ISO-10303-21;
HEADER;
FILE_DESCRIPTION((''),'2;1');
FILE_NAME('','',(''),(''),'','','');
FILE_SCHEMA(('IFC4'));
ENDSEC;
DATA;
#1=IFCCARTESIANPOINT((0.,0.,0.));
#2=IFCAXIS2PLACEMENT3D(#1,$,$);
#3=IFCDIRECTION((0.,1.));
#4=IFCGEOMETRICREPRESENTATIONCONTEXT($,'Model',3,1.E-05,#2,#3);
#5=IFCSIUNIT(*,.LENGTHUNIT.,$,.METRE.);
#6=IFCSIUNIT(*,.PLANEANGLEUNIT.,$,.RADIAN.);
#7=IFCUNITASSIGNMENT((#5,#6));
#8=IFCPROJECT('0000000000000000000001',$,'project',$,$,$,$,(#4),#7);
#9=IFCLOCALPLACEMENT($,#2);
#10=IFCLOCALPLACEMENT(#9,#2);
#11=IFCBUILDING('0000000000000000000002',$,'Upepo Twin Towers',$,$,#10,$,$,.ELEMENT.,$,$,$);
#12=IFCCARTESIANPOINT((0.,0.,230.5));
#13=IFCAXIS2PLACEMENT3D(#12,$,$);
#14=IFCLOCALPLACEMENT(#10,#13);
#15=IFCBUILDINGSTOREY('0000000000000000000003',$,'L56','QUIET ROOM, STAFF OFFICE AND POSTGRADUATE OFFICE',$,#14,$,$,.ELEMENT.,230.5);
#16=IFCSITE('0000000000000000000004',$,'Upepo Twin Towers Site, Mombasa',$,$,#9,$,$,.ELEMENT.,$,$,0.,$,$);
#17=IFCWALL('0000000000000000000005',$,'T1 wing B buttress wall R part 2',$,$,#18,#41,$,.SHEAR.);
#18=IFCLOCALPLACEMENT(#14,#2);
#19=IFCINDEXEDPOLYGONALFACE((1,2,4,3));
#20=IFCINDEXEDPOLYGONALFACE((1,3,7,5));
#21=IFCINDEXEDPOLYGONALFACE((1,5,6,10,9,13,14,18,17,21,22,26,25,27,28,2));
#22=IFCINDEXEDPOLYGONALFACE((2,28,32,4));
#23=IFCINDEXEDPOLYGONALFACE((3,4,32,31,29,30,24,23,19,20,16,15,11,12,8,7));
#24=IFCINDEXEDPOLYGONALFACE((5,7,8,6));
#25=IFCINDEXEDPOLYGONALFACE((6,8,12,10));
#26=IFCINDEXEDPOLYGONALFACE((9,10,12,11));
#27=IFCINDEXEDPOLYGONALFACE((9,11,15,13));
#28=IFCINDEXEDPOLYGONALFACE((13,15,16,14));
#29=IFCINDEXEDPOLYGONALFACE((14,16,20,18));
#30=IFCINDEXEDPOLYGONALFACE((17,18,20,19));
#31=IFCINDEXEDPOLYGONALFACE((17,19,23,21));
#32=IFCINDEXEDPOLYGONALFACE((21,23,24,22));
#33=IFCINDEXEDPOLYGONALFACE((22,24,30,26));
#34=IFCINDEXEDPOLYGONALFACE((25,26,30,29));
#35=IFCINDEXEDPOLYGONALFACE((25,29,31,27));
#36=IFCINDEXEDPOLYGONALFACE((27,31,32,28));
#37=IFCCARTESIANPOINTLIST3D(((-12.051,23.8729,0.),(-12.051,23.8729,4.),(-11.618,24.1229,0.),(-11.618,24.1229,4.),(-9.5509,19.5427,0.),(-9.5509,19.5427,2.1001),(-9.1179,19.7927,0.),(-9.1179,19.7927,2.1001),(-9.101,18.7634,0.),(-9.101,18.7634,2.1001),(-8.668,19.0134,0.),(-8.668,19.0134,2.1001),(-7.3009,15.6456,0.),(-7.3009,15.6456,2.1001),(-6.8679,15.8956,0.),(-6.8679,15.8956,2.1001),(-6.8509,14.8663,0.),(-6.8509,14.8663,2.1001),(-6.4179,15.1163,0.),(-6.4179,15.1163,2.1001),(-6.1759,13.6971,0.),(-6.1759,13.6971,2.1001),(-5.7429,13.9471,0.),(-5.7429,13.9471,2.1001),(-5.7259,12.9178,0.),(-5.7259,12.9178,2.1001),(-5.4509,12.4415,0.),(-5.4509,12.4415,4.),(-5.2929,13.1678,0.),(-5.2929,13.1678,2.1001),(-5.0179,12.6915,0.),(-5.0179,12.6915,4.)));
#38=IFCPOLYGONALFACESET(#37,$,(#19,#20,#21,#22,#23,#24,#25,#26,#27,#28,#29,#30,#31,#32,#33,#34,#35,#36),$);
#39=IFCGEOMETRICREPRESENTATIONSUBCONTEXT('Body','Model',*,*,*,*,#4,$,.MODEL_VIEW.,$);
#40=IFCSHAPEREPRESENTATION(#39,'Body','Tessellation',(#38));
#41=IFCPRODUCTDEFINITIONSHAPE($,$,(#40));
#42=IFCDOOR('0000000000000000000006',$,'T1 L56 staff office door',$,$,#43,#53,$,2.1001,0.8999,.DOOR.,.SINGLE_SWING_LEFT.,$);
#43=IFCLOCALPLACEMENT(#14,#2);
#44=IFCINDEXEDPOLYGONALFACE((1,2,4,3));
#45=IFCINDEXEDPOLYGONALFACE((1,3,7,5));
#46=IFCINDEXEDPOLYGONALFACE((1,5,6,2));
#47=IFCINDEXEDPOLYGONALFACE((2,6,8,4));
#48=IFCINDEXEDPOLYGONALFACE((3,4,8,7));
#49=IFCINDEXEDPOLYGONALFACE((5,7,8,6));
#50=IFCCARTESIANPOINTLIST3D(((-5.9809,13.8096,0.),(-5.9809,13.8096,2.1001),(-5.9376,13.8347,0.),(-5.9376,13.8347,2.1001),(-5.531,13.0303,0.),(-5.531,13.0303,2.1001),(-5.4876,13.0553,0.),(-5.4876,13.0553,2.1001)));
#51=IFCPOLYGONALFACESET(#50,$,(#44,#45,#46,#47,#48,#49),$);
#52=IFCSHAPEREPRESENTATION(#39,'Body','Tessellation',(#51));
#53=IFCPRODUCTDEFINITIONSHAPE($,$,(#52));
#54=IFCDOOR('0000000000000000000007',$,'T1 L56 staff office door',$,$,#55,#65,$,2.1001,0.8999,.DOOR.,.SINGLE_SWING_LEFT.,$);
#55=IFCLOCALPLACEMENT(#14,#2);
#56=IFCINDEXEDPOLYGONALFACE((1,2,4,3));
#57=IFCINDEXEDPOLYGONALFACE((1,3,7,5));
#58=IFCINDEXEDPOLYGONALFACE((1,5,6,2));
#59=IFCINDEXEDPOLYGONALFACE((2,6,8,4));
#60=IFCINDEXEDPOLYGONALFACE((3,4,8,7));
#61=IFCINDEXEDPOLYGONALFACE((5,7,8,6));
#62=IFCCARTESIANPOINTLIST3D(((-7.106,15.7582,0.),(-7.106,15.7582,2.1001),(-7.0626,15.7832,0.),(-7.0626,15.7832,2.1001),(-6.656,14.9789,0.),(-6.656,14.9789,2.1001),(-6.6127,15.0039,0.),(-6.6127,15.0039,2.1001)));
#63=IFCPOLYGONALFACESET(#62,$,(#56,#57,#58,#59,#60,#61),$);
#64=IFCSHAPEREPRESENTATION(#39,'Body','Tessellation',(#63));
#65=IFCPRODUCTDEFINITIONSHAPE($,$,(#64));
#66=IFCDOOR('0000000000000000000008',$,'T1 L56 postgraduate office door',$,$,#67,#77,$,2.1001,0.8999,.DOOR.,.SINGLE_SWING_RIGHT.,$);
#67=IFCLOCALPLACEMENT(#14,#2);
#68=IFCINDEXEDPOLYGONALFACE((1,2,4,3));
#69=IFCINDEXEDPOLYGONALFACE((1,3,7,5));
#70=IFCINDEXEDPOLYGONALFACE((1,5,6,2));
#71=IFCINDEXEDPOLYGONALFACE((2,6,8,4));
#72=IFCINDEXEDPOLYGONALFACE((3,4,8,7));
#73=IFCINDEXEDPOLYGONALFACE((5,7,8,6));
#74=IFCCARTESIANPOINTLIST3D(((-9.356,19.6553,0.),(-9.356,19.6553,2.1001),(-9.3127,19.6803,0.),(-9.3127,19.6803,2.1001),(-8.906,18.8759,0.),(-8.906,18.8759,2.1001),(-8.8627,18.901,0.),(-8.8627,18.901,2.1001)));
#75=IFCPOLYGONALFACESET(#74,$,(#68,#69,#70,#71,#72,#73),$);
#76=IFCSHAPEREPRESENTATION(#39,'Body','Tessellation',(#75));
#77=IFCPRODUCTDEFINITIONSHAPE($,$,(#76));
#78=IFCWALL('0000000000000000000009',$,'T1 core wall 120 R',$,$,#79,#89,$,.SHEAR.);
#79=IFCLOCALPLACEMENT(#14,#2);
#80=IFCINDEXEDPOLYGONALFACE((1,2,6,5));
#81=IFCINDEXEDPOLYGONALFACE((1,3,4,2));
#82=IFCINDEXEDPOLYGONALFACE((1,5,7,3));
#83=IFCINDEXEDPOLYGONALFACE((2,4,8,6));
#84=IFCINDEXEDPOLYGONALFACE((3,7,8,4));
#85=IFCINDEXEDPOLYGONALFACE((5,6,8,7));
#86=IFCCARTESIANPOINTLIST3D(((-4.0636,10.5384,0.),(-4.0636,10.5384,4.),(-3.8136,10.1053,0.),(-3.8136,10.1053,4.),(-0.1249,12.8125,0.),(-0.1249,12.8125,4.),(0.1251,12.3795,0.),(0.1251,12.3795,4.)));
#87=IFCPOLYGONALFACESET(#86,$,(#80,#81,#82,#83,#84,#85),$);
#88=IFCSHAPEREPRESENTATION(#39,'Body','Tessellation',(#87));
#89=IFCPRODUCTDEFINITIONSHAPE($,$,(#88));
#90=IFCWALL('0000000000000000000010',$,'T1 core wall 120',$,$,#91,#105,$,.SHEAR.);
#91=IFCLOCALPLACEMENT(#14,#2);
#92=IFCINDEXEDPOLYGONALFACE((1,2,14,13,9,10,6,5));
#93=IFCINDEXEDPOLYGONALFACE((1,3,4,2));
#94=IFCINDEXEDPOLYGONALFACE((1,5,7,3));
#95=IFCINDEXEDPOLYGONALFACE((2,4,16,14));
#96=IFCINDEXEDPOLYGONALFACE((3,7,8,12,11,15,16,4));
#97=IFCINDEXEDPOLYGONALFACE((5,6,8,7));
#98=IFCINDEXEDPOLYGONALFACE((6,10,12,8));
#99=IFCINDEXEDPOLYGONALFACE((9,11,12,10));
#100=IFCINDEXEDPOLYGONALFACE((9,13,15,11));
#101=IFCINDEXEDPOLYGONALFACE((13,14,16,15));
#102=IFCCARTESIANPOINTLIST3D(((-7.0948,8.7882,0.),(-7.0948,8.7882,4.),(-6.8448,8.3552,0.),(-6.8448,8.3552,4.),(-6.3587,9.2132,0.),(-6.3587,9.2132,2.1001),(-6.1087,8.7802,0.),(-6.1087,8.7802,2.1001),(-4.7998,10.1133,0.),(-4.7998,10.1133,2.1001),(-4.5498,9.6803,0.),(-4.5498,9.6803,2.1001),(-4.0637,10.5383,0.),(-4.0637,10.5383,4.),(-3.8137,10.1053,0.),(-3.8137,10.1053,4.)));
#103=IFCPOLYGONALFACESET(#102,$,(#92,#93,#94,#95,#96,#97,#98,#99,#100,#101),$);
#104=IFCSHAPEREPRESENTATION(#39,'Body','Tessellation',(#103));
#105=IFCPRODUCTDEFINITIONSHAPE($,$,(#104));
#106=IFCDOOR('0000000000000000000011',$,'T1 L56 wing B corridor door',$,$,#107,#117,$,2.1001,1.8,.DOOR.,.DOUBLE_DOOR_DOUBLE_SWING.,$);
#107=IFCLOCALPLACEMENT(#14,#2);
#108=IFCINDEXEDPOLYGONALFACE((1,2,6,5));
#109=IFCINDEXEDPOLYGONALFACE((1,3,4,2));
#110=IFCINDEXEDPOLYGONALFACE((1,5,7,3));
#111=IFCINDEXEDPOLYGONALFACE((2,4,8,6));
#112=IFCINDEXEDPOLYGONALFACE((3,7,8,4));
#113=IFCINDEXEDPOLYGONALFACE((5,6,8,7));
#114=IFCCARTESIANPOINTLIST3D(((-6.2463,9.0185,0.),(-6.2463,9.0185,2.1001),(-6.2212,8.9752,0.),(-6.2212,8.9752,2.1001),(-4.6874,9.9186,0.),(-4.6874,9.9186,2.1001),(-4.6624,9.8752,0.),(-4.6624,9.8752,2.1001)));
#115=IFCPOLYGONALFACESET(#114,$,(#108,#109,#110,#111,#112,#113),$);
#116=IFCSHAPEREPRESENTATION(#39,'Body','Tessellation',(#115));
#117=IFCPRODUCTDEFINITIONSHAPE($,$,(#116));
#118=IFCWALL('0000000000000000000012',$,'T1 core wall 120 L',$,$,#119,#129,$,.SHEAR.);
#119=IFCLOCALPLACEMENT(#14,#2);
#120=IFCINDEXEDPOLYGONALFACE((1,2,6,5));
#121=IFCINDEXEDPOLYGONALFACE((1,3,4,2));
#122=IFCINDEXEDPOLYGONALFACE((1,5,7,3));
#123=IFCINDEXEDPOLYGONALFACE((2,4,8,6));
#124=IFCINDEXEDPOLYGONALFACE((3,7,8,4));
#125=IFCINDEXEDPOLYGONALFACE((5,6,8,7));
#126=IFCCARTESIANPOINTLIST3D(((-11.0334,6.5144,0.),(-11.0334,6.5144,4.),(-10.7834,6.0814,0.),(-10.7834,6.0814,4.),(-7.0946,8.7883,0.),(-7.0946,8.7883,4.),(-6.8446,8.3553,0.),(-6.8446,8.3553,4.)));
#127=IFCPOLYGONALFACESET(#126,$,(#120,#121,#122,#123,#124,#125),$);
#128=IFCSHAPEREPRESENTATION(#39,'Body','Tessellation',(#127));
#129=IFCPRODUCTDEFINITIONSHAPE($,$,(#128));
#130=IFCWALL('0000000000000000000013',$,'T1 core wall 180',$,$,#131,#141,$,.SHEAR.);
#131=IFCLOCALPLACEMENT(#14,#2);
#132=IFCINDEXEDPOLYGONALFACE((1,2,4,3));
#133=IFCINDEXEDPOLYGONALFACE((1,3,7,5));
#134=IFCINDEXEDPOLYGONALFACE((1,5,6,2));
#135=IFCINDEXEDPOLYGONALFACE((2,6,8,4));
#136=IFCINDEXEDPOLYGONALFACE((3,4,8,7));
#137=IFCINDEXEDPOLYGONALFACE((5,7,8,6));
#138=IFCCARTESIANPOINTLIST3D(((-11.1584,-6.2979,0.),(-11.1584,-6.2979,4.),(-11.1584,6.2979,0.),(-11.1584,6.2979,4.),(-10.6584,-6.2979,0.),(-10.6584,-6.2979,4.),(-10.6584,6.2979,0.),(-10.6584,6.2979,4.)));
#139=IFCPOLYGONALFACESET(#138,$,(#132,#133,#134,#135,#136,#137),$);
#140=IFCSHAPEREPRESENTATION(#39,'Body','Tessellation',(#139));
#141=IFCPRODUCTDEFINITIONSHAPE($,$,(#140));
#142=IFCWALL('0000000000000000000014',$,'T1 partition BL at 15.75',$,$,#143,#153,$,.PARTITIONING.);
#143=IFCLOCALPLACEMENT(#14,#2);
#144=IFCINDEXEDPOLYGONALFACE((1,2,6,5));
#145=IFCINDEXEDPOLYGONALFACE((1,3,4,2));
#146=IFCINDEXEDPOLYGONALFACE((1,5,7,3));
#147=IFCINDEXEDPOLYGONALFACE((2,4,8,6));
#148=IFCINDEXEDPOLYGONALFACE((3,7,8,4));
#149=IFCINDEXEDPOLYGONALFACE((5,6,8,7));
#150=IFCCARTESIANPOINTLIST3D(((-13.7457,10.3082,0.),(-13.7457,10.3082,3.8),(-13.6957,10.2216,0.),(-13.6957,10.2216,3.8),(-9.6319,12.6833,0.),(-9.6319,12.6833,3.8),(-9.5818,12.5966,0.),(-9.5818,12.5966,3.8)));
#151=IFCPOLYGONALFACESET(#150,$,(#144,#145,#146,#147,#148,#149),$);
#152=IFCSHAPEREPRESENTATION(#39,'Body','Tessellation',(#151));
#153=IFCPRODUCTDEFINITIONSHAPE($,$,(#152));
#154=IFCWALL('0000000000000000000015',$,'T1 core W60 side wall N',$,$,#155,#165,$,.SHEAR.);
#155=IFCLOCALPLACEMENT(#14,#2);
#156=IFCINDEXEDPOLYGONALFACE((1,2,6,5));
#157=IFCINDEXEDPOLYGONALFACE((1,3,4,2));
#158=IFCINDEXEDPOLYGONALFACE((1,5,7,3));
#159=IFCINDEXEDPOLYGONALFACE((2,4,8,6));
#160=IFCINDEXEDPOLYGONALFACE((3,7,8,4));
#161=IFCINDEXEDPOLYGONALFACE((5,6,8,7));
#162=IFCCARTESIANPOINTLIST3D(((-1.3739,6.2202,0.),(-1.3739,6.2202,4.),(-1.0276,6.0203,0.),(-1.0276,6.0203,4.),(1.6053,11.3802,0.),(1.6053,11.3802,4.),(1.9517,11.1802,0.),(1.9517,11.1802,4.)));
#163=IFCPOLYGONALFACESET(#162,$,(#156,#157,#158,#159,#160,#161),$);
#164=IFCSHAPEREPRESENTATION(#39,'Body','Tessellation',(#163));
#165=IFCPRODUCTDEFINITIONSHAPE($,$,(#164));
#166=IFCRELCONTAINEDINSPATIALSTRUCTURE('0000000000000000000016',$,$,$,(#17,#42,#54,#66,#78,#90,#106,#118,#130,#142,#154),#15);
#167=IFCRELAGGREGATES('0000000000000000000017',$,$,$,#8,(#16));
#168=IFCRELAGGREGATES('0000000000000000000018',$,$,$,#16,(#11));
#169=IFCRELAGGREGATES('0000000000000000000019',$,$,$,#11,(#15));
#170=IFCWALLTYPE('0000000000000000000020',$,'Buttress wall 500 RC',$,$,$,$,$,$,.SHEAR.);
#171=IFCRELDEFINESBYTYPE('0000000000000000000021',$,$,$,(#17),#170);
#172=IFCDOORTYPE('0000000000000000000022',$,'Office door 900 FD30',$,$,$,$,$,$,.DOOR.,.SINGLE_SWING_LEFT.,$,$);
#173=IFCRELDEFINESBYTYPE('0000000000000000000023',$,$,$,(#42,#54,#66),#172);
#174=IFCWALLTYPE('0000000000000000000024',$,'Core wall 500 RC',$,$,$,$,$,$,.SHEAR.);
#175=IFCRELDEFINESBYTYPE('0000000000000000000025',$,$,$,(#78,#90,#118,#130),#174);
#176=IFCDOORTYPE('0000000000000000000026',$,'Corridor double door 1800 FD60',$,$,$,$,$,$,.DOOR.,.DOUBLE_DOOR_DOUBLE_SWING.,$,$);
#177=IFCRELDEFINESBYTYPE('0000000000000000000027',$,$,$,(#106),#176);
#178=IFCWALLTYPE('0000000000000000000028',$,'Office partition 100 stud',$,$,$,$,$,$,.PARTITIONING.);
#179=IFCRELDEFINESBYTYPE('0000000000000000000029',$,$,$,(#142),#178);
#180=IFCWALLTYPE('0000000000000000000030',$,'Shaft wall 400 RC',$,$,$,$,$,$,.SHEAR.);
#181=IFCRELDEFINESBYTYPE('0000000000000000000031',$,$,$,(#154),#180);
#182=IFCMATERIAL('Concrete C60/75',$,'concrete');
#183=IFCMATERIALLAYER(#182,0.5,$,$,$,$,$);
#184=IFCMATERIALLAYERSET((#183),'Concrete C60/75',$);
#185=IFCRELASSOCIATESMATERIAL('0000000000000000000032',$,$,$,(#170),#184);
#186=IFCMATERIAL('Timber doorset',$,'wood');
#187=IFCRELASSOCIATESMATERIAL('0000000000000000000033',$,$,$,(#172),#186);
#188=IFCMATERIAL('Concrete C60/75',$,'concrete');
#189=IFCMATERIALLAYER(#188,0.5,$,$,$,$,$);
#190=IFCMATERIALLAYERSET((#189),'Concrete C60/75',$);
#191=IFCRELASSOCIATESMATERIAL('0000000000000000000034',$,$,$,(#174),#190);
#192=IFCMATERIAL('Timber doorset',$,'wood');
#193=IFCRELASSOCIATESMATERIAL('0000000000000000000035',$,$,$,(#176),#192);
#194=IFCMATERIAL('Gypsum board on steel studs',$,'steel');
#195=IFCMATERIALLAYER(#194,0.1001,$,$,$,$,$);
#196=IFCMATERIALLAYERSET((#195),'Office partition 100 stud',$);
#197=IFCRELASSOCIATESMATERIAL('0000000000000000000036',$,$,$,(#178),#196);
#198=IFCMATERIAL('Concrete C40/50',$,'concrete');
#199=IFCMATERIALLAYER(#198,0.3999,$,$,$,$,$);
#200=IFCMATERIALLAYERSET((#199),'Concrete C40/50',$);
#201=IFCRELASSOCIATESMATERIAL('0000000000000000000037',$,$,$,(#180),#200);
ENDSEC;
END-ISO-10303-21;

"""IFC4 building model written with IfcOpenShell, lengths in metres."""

from ifc_helpers import new_model, si_unit, direction, frame, frame_2d, origin, place, context, subcontext, project, spatial, rectangle, extrude, material, layer, layer_set, type_object, element, fill, save


model = new_model("IFC4")

# Units and contexts
model_context = context("Model", 3, precision=1e-05, world=origin(), true_north=direction((0.0, 1.0)))
body_context = subcontext(model_context, "Body", "Model", "MODEL_VIEW")
ifc_project = project(units=[si_unit("LENGTHUNIT", "METRE"), si_unit("PLANEANGLEUNIT", "RADIAN")], contexts=[model_context])

# Site, building, storey
site_placement = place(None, origin())
site = spatial("IfcSite", under=ifc_project, at=site_placement, Name="Upepo Twin Towers Site, Mombasa", CompositionType="ELEMENT", RefElevation=0.0)
building_placement = place(site_placement, origin())
building = spatial("IfcBuilding", under=site, at=building_placement, Name="Upepo Twin Towers", CompositionType="ELEMENT")
storey_placement = place(building_placement, frame((0.0, 0.0, 230.5)))
storey = spatial("IfcBuildingStorey", under=building, at=storey_placement, Name="L56", Description="QUIET ROOM, STAFF OFFICE AND POSTGRADUATE OFFICE", CompositionType="ELEMENT", Elevation=230.5)

# Wall, openings, doors
ifc_material_1 = material(Name="Concrete C60/75", Category="concrete")
ifc_layer_1 = layer(ifc_material_1, 0.5)
ifc_layer_set_1 = layer_set([ifc_layer_1], Name="Concrete C60/75")
wall_type_1 = type_object("IfcWallType", Name="Buttress wall 500 RC", PredefinedType="SHEAR", material=ifc_layer_set_1)
ifc_material_2 = material(Name="Timber doorset", Category="wood")
door_type_1 = type_object("IfcDoorType", Name="Office door 900 FD30", OperationType="SINGLE_SWING_LEFT", PredefinedType="DOOR", material=ifc_material_2)
wall_1_placement = place(storey_placement, frame((-5.2344, 12.5664, 0.0), z_axis=(0.0, 0.0, 1.0), x_axis=(-0.50001, 0.86602, 0.0)))
wall_1 = element("IfcWall", 1, at=wall_1_placement, inside=storey, type_object=wall_type_1, Name="T1 wing B buttress wall R part 2", PredefinedType="SHEAR", context=body_context, shape_type="SweptSolid", body=[
    extrude(rectangle(XDim=13.2, YDim=0.5, at=frame_2d((6.6001, 0.0))), origin(), (0.0, 0.0, 1.0), 4.0),
])
opening_1_placement = place(wall_1_placement, frame((0.55, 0.0, 0.0)))
opening_1 = element("IfcOpeningElement", 2, at=opening_1_placement, cuts=wall_1, PredefinedType="OPENING", context=body_context, shape_type="SweptSolid", body=[
    extrude(rectangle(XDim=0.8999, YDim=2.1001, at=frame_2d((0.45, 1.05))), frame((0.0, 0.26, 0.0), z_axis=(0.0, -1.0, 0.0), x_axis=(1.0, 0.0, 0.0)), (0.0, 0.0, 1.0), 0.52),
])
opening_2_placement = place(wall_1_placement, frame((2.8, 0.0, 0.0)))
opening_2 = element("IfcOpeningElement", 3, at=opening_2_placement, cuts=wall_1, PredefinedType="OPENING", context=body_context, shape_type="SweptSolid", body=[
    extrude(rectangle(XDim=0.8999, YDim=2.1001, at=frame_2d((0.45, 1.05))), frame((0.0, 0.26, 0.0), z_axis=(0.0, -1.0, 0.0), x_axis=(1.0, 0.0, 0.0)), (0.0, 0.0, 1.0), 0.52),
])
opening_3_placement = place(wall_1_placement, frame((7.3, 0.0, 0.0)))
opening_3 = element("IfcOpeningElement", 4, at=opening_3_placement, cuts=wall_1, PredefinedType="OPENING", context=body_context, shape_type="SweptSolid", body=[
    extrude(rectangle(XDim=0.8999, YDim=2.1001, at=frame_2d((0.45, 1.05))), frame((0.0, 0.26, 0.0), z_axis=(0.0, -1.0, 0.0), x_axis=(1.0, 0.0, 0.0)), (0.0, 0.0, 1.0), 0.52),
])
door_1_placement = place(opening_1_placement, origin())
door_1 = element("IfcDoor", 5, at=door_1_placement, inside=storey, type_object=door_type_1, Name="T1 L56 staff office door", OperationType="SINGLE_SWING_LEFT", OverallHeight=2.1001, OverallWidth=0.8999, PredefinedType="DOOR", context=body_context, shape_type="SweptSolid", body=[
    extrude(rectangle(XDim=0.8999, YDim=2.1001, at=frame_2d((0.45, 1.05))), frame((0.0, 0.0249, 0.0), z_axis=(0.0, -1.0, 0.0), x_axis=(1.0, 0.0, 0.0)), (0.0, 0.0, 1.0), 0.05),
])
fill(opening_1, door_1)
door_2_placement = place(opening_2_placement, origin())
door_2 = element("IfcDoor", 6, at=door_2_placement, inside=storey, type_object=door_type_1, Name="T1 L56 staff office door", OperationType="SINGLE_SWING_LEFT", OverallHeight=2.1001, OverallWidth=0.8999, PredefinedType="DOOR", context=body_context, shape_type="SweptSolid", body=[
    extrude(rectangle(XDim=0.8999, YDim=2.1001, at=frame_2d((0.45, 1.05))), frame((0.0, 0.0249, 0.0), z_axis=(0.0, -1.0, 0.0), x_axis=(1.0, 0.0, 0.0)), (0.0, 0.0, 1.0), 0.05),
])
fill(opening_2, door_2)
door_3_placement = place(opening_3_placement, origin())
door_3 = element("IfcDoor", 7, at=door_3_placement, inside=storey, type_object=door_type_1, Name="T1 L56 postgraduate office door", OperationType="SINGLE_SWING_RIGHT", OverallHeight=2.1001, OverallWidth=0.8999, PredefinedType="DOOR", context=body_context, shape_type="SweptSolid", body=[
    extrude(rectangle(XDim=0.8999, YDim=2.1001, at=frame_2d((0.45, 1.05))), frame((0.0, 0.0249, 0.0), z_axis=(0.0, -1.0, 0.0), x_axis=(1.0, 0.0, 0.0)), (0.0, 0.0, 1.0), 0.05),
])
fill(opening_3, door_3)

# Wall
ifc_material_3 = material(Name="Concrete C60/75", Category="concrete")
ifc_layer_2 = layer(ifc_material_3, 0.5)
ifc_layer_set_2 = layer_set([ifc_layer_2], Name="Concrete C60/75")
wall_type_2 = type_object("IfcWallType", Name="Core wall 500 RC", PredefinedType="SHEAR", material=ifc_layer_set_2)
wall_2_placement = place(storey_placement, frame((0.0, 12.5959, 0.0), z_axis=(0.0, 0.0, 1.0), x_axis=(-0.866011, -0.500024, 0.0)))
element("IfcWall", 8, at=wall_2_placement, inside=storey, type_object=wall_type_2, Name="T1 core wall 120 R", PredefinedType="SHEAR", context=body_context, shape_type="SweptSolid", body=[
    extrude(rectangle(XDim=4.5481, YDim=0.5, at=frame_2d((2.2739, 0.0))), origin(), (0.0, 0.0, 1.0), 4.0),
])

# Wall, opening, door
wall_3_placement = place(storey_placement, frame((-3.9387, 10.3218, 0.0), z_axis=(0.0, 0.0, 1.0), x_axis=(-0.866019, -0.50001, 0.0)))
wall_3 = element("IfcWall", 9, at=wall_3_placement, inside=storey, type_object=wall_type_2, Name="T1 core wall 120", PredefinedType="SHEAR", context=body_context, shape_type="SweptSolid", body=[
    extrude(rectangle(XDim=3.5, YDim=0.5, at=frame_2d((1.75, 0.0))), origin(), (0.0, 0.0, 1.0), 4.0),
])
opening_4_placement = place(wall_3_placement, frame((0.8501, 0.0, 0.0)))
opening_4 = element("IfcOpeningElement", 10, at=opening_4_placement, cuts=wall_3, PredefinedType="OPENING", context=body_context, shape_type="SweptSolid", body=[
    extrude(rectangle(XDim=1.8, YDim=2.1001, at=frame_2d((0.8999, 1.05))), frame((0.0, 0.26, 0.0), z_axis=(0.0, -1.0, 0.0), x_axis=(1.0, 0.0, 0.0)), (0.0, 0.0, 1.0), 0.52),
])
ifc_material_4 = material(Name="Timber doorset", Category="wood")
door_type_2 = type_object("IfcDoorType", Name="Corridor double door 1800 FD60", OperationType="DOUBLE_DOOR_DOUBLE_SWING", PredefinedType="DOOR", material=ifc_material_4)
door_4_placement = place(opening_4_placement, origin())
door_4 = element("IfcDoor", 11, at=door_4_placement, inside=storey, type_object=door_type_2, Name="T1 L56 wing B corridor door", OperationType="DOUBLE_DOOR_DOUBLE_SWING", OverallHeight=2.1001, OverallWidth=1.8, PredefinedType="DOOR", context=body_context, shape_type="SweptSolid", body=[
    extrude(rectangle(XDim=1.8, YDim=2.1001, at=frame_2d((0.8999, 1.05))), frame((0.0, 0.0249, 0.0), z_axis=(0.0, -1.0, 0.0), x_axis=(1.0, 0.0, 0.0)), (0.0, 0.0, 1.0), 0.05),
])
fill(opening_4, door_4)

# Walls
wall_4_placement = place(storey_placement, frame((-6.9697, 8.5718, 0.0), z_axis=(0.0, 0.0, 1.0), x_axis=(-0.866035, -0.499984, 0.0)))
element("IfcWall", 12, at=wall_4_placement, inside=storey, type_object=wall_type_2, Name="T1 core wall 120 L", PredefinedType="SHEAR", context=body_context, shape_type="SweptSolid", body=[
    extrude(rectangle(XDim=4.5481, YDim=0.5, at=frame_2d((2.2739, 0.0))), origin(), (0.0, 0.0, 1.0), 4.0),
])
wall_5_placement = place(storey_placement, frame((-10.9084, 6.2979, 0.0), z_axis=(0.0, 0.0, 1.0), x_axis=(0.0, -1.0, 0.0)))
element("IfcWall", 13, at=wall_5_placement, inside=storey, type_object=wall_type_2, Name="T1 core wall 180", PredefinedType="SHEAR", context=body_context, shape_type="SweptSolid", body=[
    extrude(rectangle(XDim=12.5957, YDim=0.5, at=frame_2d((6.2979, 0.0))), origin(), (0.0, 0.0, 1.0), 4.0),
])
ifc_material_5 = material(Name="Gypsum board on steel studs", Category="steel")
ifc_layer_3 = layer(ifc_material_5, 0.1001)
ifc_layer_set_3 = layer_set([ifc_layer_3], Name="Office partition 100 stud")
wall_type_3 = type_object("IfcWallType", Name="Office partition 100 stud", PredefinedType="PARTITIONING", material=ifc_layer_set_3)
wall_6_placement = place(storey_placement, frame((-9.6069, 12.6399, 0.0), z_axis=(0.0, 0.0, 1.0), x_axis=(-0.866033, -0.499986, 0.0)))
element("IfcWall", 14, at=wall_6_placement, inside=storey, type_object=wall_type_3, Name="T1 partition BL at 15.75", PredefinedType="PARTITIONING", context=body_context, shape_type="SweptSolid", body=[
    extrude(rectangle(XDim=4.7502, YDim=0.1001, at=frame_2d((2.375, 0.0))), origin(), (0.0, 0.0, 1.0), 3.8),
])
ifc_material_6 = material(Name="Concrete C40/50", Category="concrete")
ifc_layer_4 = layer(ifc_material_6, 0.3999)
ifc_layer_set_4 = layer_set([ifc_layer_4], Name="Concrete C40/50")
wall_type_4 = type_object("IfcWallType", Name="Shaft wall 400 RC", PredefinedType="SHEAR", material=ifc_layer_set_4)
wall_7_placement = place(storey_placement, frame((-1.2007, 6.1204, 0.0), z_axis=(0.0, 0.0, 1.0), x_axis=(0.500022, 0.866013, 0.0)))
element("IfcWall", 15, at=wall_7_placement, inside=storey, type_object=wall_type_4, Name="T1 core W60 side wall N", PredefinedType="SHEAR", context=body_context, shape_type="SweptSolid", body=[
    extrude(rectangle(XDim=5.9583, YDim=0.3999, at=frame_2d((2.979, 0.0))), origin(), (0.0, 0.0, 1.0), 4.0),
])

save(model, "model.ifc")
